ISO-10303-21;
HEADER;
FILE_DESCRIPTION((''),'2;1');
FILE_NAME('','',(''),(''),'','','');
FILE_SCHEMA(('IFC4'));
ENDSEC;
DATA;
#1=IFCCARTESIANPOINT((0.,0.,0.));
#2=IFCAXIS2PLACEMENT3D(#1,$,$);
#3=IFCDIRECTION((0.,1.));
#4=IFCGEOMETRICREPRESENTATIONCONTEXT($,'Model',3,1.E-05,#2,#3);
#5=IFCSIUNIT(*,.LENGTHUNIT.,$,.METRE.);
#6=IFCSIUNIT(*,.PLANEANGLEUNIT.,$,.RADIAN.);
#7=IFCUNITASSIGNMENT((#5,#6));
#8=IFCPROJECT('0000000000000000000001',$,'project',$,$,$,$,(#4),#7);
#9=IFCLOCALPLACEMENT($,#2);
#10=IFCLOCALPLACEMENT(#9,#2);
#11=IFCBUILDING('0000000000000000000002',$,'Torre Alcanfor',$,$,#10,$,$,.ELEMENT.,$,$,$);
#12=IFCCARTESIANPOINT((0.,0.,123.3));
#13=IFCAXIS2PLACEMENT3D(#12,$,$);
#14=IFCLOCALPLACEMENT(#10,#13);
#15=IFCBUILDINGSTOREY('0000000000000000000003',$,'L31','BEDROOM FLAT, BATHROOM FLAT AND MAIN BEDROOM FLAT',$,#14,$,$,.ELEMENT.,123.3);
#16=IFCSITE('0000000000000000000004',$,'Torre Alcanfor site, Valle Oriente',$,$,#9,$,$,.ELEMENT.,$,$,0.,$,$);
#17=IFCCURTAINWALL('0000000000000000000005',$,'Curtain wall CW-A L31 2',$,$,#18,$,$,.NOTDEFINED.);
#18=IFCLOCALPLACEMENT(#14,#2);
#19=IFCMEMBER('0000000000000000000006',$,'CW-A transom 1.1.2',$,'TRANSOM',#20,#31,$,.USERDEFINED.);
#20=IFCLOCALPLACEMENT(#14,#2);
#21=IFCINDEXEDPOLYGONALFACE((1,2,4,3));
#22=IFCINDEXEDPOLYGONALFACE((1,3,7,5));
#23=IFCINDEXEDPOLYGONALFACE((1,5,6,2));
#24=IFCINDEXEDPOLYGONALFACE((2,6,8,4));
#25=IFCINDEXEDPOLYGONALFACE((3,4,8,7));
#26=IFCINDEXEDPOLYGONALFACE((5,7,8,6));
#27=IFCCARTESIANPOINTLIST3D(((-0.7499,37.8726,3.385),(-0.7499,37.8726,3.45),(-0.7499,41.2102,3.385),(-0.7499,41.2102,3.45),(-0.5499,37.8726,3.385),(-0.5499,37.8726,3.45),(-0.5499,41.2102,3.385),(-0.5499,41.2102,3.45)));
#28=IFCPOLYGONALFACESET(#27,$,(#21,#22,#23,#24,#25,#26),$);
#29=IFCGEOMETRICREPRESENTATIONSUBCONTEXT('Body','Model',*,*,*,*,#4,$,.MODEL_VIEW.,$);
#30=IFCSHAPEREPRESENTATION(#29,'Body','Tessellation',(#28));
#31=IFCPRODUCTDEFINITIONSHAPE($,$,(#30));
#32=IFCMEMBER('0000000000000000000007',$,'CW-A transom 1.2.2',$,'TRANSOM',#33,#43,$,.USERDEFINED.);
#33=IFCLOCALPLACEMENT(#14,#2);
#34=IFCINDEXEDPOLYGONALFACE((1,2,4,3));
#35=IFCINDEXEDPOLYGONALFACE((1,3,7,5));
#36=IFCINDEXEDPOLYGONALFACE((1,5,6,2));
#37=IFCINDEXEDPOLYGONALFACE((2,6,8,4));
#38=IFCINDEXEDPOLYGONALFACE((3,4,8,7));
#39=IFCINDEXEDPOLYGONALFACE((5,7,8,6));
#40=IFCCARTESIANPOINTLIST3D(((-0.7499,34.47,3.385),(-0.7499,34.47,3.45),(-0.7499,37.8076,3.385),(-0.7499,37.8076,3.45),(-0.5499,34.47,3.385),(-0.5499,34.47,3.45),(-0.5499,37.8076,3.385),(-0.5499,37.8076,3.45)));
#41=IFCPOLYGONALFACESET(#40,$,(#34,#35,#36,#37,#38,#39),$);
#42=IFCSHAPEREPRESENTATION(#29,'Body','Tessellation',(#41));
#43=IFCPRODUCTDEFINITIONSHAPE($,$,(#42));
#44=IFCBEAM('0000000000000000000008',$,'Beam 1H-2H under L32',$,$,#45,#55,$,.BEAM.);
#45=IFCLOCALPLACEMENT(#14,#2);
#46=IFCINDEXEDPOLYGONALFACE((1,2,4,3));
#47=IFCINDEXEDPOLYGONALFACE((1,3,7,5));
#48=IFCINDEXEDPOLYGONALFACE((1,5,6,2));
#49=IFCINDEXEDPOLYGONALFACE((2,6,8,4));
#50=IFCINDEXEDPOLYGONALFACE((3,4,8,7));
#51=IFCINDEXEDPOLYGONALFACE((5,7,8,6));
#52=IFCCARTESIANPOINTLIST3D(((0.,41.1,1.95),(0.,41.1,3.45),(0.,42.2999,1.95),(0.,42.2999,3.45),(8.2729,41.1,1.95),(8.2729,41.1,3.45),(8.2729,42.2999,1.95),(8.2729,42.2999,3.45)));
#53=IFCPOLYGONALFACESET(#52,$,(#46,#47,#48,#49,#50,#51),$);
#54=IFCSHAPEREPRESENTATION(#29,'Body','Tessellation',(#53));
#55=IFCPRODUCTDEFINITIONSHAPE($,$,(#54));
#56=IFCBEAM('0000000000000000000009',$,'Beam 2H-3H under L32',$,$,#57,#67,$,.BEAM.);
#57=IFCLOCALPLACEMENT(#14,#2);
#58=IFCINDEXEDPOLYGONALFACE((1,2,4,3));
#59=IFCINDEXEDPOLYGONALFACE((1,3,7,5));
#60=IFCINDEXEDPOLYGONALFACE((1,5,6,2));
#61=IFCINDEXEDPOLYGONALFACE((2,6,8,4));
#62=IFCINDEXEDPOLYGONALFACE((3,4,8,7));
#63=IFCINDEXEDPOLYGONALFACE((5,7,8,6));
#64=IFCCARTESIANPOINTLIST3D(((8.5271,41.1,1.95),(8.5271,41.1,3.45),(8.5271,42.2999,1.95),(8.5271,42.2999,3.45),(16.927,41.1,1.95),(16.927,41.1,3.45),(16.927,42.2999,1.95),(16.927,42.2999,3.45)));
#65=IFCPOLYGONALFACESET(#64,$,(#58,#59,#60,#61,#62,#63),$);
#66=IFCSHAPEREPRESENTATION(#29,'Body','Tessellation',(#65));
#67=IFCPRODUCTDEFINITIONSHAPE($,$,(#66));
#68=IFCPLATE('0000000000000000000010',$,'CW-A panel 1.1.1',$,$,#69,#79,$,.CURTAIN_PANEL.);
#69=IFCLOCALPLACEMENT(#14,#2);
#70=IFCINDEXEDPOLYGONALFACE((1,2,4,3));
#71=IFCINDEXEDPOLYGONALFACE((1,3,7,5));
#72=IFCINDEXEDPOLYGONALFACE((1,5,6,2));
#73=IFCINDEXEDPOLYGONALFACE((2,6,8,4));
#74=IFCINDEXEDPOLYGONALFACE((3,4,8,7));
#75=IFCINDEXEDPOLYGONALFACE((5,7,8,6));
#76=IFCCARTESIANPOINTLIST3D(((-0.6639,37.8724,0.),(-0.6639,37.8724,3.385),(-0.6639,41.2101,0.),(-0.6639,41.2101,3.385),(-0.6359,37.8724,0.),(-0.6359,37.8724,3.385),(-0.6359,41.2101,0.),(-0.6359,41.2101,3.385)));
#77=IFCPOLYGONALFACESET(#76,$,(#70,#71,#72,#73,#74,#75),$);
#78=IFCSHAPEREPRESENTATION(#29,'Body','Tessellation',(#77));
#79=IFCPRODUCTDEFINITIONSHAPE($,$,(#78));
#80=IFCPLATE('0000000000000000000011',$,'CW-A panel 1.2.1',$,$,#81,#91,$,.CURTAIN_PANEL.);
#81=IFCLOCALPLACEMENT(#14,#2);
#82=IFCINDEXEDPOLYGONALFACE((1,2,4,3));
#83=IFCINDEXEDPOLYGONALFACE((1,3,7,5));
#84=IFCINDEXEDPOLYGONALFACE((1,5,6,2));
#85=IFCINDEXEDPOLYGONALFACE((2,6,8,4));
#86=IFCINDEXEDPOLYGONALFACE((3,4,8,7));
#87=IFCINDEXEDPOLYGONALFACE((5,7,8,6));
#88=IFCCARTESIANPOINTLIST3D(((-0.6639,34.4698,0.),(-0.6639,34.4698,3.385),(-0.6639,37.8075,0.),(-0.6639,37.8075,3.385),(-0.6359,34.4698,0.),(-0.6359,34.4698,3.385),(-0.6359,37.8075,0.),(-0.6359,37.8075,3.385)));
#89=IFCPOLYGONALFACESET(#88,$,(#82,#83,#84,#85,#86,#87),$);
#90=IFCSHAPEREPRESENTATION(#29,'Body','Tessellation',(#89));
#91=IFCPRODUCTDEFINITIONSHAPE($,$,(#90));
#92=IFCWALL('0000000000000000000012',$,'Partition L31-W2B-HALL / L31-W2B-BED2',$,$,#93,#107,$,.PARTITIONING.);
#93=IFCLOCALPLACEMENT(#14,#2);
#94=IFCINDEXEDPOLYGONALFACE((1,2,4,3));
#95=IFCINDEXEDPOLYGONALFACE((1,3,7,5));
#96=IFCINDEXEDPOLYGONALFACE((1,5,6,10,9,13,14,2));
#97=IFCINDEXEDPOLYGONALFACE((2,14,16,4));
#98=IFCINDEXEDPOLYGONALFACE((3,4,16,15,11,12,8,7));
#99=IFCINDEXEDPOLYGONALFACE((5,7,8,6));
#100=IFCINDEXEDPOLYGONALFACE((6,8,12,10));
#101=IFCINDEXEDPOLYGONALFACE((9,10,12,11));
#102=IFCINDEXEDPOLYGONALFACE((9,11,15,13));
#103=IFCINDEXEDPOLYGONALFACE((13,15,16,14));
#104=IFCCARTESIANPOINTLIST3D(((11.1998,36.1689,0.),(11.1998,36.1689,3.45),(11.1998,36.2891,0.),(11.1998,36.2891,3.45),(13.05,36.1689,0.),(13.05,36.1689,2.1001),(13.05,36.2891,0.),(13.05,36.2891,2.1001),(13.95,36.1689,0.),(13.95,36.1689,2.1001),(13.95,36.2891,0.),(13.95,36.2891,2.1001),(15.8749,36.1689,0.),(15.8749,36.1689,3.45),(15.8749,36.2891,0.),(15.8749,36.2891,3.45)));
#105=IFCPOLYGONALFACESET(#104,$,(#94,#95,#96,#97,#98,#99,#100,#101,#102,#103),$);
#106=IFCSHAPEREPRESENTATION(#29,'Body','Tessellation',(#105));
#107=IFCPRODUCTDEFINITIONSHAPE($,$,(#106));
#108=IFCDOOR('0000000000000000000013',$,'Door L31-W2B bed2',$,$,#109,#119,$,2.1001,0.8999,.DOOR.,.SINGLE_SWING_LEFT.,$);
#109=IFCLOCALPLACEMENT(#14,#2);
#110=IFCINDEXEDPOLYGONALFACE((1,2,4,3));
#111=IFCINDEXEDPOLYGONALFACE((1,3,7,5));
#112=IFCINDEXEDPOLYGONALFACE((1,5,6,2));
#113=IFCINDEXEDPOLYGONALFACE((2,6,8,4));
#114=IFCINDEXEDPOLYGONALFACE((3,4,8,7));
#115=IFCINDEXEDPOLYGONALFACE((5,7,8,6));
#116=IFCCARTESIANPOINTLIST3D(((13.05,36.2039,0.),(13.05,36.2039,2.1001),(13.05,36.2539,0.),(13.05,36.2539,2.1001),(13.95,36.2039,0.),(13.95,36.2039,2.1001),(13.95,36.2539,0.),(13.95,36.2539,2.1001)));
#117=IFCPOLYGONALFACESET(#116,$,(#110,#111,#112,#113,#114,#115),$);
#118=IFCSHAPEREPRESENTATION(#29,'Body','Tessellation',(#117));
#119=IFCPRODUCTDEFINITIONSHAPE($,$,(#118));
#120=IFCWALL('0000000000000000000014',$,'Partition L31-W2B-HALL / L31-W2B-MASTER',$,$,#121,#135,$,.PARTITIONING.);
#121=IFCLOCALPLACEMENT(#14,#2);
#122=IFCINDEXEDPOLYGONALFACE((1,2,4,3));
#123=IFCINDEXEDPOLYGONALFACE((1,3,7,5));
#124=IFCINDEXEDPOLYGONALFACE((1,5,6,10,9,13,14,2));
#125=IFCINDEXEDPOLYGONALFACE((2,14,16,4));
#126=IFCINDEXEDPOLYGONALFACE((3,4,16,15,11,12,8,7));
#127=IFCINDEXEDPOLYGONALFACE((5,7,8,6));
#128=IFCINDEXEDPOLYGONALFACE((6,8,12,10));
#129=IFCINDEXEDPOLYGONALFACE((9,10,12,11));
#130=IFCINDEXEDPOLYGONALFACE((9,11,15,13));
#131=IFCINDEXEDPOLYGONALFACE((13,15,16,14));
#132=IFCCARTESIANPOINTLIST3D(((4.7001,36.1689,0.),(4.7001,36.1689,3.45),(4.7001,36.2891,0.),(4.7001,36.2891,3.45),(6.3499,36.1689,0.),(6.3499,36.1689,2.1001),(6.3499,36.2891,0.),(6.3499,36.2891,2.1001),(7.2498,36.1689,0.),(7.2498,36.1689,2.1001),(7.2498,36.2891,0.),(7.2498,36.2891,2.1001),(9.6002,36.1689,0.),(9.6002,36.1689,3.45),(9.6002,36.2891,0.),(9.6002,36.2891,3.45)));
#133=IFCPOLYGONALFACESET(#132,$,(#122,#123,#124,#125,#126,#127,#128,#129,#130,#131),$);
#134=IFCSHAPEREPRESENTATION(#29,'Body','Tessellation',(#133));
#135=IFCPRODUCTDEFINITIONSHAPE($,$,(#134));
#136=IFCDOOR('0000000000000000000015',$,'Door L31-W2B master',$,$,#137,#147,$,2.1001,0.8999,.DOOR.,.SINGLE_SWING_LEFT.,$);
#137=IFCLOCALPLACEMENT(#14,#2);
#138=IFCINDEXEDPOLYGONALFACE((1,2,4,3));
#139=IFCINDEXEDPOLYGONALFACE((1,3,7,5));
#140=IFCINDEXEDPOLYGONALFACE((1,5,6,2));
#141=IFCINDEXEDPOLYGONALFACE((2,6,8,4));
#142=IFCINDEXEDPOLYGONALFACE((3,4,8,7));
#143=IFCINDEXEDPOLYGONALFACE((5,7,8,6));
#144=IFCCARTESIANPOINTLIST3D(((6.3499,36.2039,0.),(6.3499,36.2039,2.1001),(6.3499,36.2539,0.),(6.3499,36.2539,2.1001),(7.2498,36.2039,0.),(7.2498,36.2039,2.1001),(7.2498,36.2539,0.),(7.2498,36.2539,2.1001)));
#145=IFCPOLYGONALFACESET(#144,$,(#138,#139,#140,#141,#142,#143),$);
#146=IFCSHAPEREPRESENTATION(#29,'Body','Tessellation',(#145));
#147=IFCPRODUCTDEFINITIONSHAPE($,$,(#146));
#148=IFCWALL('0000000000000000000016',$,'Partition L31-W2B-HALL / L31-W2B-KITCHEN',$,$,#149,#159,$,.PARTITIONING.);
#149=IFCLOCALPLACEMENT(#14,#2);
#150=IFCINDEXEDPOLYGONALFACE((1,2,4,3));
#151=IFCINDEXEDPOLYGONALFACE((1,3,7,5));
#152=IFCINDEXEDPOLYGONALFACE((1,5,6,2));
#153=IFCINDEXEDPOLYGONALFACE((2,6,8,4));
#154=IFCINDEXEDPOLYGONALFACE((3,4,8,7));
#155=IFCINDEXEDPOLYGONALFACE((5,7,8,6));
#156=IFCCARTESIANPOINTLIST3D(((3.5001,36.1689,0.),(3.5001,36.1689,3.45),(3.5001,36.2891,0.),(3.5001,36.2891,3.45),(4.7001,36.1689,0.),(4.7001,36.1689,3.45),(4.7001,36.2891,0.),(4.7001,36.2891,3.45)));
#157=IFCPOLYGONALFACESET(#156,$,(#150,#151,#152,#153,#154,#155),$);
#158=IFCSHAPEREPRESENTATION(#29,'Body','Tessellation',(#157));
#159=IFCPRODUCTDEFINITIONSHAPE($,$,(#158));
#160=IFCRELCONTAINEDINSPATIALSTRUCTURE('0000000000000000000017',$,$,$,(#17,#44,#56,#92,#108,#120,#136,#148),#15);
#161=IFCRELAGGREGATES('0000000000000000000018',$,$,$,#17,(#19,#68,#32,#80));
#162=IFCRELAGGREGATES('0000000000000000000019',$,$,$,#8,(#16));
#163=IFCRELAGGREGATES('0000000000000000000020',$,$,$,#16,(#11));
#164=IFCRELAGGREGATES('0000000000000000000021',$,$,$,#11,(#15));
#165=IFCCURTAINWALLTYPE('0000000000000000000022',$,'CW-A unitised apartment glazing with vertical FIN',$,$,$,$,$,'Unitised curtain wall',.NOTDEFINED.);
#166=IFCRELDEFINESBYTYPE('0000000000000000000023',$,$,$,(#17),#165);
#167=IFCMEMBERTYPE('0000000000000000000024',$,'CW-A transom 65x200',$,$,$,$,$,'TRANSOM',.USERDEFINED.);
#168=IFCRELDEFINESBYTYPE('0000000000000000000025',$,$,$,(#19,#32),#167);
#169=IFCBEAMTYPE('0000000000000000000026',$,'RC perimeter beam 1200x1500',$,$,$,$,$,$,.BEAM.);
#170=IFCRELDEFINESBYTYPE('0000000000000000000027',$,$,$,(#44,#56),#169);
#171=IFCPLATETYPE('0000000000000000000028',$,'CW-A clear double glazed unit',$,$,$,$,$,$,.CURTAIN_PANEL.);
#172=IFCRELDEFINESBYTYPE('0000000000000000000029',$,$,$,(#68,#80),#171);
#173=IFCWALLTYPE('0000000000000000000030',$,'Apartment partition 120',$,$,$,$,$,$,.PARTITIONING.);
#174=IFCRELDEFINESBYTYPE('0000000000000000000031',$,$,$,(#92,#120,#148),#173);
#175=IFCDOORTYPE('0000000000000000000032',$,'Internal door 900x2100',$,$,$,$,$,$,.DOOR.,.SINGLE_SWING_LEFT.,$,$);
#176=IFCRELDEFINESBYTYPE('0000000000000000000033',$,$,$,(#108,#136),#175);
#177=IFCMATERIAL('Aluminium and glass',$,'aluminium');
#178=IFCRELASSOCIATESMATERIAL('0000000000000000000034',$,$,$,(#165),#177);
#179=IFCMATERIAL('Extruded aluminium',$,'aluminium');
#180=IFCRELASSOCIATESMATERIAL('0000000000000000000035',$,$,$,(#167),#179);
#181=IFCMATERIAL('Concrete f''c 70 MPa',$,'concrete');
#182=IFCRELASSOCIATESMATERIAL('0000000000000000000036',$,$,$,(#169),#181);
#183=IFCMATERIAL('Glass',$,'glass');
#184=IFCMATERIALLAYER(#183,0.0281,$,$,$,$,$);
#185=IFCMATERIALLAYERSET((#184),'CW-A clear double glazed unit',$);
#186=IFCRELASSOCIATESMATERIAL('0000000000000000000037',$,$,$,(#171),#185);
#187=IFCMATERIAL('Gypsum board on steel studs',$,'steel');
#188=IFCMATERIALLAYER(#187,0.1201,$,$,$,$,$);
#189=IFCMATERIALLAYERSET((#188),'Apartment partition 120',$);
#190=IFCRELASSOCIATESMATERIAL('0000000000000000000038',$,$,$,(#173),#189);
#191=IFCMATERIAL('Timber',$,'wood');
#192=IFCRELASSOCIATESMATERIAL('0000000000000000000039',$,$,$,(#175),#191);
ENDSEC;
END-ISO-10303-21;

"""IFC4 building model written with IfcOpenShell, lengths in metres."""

from ifc_helpers import new_model, si_unit, direction, frame, frame_2d, origin, origin_2d, place, context, subcontext, project, spatial, rectangle, extrude, material, layer, layer_set, material_profile, profile_set, type_object, element, fill, aggregate, save


model = new_model("IFC4")

# Units and contexts
model_context = context("Model", 3, precision=1e-05, world=origin(), true_north=direction((0.0, 1.0)))
body_context = subcontext(model_context, "Body", "Model", "MODEL_VIEW")
ifc_project = project(units=[si_unit("LENGTHUNIT", "METRE"), si_unit("PLANEANGLEUNIT", "RADIAN")], contexts=[model_context])

# Site, building, storey
site_placement = place(None, origin())
site = spatial("IfcSite", under=ifc_project, at=site_placement, Name="Torre Alcanfor site, Valle Oriente", CompositionType="ELEMENT", RefElevation=0.0)
building_placement = place(site_placement, origin())
building = spatial("IfcBuilding", under=site, at=building_placement, Name="Torre Alcanfor", CompositionType="ELEMENT")
storey_placement = place(building_placement, frame((0.0, 0.0, 123.3)))
storey = spatial("IfcBuildingStorey", under=building, at=storey_placement, Name="L31", Description="BEDROOM FLAT, BATHROOM FLAT AND MAIN BEDROOM FLAT", CompositionType="ELEMENT", Elevation=123.3)

# Curtain wall, members
ifc_material_1 = material(Name="Aluminium and glass", Category="aluminium")
curtain_wall_type = type_object("IfcCurtainWallType", Name="CW-A unitised apartment glazing with vertical FIN", ElementType="Unitised curtain wall", PredefinedType="NOTDEFINED", material=ifc_material_1)
curtain_wall_placement = place(storey_placement, origin())
curtain_wall = element("IfcCurtainWall", 1, at=curtain_wall_placement, inside=storey, type_object=curtain_wall_type, Name="Curtain wall CW-A L31 2", PredefinedType="NOTDEFINED")
ifc_material_2 = material(Name="Extruded aluminium", Category="aluminium")
ifc_material_profile_1 = material_profile(ifc_material_2, rectangle(XDim=0.2, YDim=0.0649, at=origin_2d()), Name="CW-A transom 200x65")
ifc_profile_set_1 = profile_set([ifc_material_profile_1], Name="Extruded aluminium")
member_type_1 = type_object("IfcMemberType", Name="CW-A transom 65x200", ElementType="TRANSOM", PredefinedType="USERDEFINED", material=ifc_profile_set_1)
member_1_placement = place(storey_placement, frame((-0.6499, 41.2102, 3.4175), z_axis=(0.0, -1.0, 0.0), x_axis=(1.0, 0.0, 0.0)))
member_1 = element("IfcMember", 2, at=member_1_placement, type_object=member_type_1, Name="CW-A transom 1.1.2", ObjectType="TRANSOM", PredefinedType="USERDEFINED", context=body_context, shape_type="SweptSolid", body=[
    extrude(rectangle(XDim=0.2, YDim=0.0649, at=origin_2d()), origin(), (0.0, 0.0, 1.0), 3.3376),
])
member_2_placement = place(storey_placement, frame((-0.6499, 37.8076, 3.4175), z_axis=(0.0, -1.0, 0.0), x_axis=(1.0, 0.0, 0.0)))
member_2 = element("IfcMember", 3, at=member_2_placement, type_object=member_type_1, Name="CW-A transom 1.2.2", ObjectType="TRANSOM", PredefinedType="USERDEFINED", context=body_context, shape_type="SweptSolid", body=[
    extrude(rectangle(XDim=0.2, YDim=0.0649, at=origin_2d()), origin(), (0.0, 0.0, 1.0), 3.3376),
])

# Beams
ifc_material_3 = material(Name="Concrete f'c 70 MPa", Category="concrete")
ifc_material_profile_2 = material_profile(ifc_material_3, rectangle(XDim=1.2, YDim=1.5, at=origin_2d()), Name="1200x1500")
ifc_profile_set_2 = profile_set([ifc_material_profile_2], Name="Concrete f'c 70 MPa")
beam_type_1 = type_object("IfcBeamType", Name="RC perimeter beam 1200x1500", PredefinedType="BEAM", material=ifc_profile_set_2)
beam_1_placement = place(storey_placement, frame((0.0, 41.7, 2.7), z_axis=(1.0, 0.0, 0.0), x_axis=(0.0, 1.0, 0.0)))
element("IfcBeam", 4, at=beam_1_placement, inside=storey, type_object=beam_type_1, Name="Beam 1H-2H under L32", PredefinedType="BEAM", context=body_context, shape_type="SweptSolid", body=[
    extrude(rectangle(XDim=1.2, YDim=1.5, at=origin_2d()), origin(), (0.0, 0.0, 1.0), 8.2729),
])
beam_2_placement = place(storey_placement, frame((8.5271, 41.7, 2.7), z_axis=(1.0, 0.0, 0.0), x_axis=(0.0, 1.0, 0.0)))
element("IfcBeam", 5, at=beam_2_placement, inside=storey, type_object=beam_type_1, Name="Beam 2H-3H under L32", PredefinedType="BEAM", context=body_context, shape_type="SweptSolid", body=[
    extrude(rectangle(XDim=1.2, YDim=1.5, at=origin_2d()), origin(), (0.0, 0.0, 1.0), 8.3999),
])

# Plates
ifc_material_4 = material(Name="Glass", Category="glass")
ifc_layer_1 = layer(ifc_material_4, 0.0281)
ifc_layer_set_1 = layer_set([ifc_layer_1], Name="CW-A clear double glazed unit")
plate_type = type_object("IfcPlateType", Name="CW-A clear double glazed unit", PredefinedType="CURTAIN_PANEL", material=ifc_layer_set_1)
plate_1_placement = place(storey_placement, frame((-0.6499, 39.5413, 0.0), z_axis=(0.0, 0.0, 1.0), x_axis=(0.0, -1.0, 0.0)))
plate_1 = element("IfcPlate", 6, at=plate_1_placement, type_object=plate_type, Name="CW-A panel 1.1.1", PredefinedType="CURTAIN_PANEL", context=body_context, shape_type="SweptSolid", body=[
    extrude(rectangle(XDim=3.3376, YDim=0.0281, at=origin_2d()), origin(), (0.0, 0.0, 1.0), 3.385),
])
plate_2_placement = place(storey_placement, frame((-0.6499, 36.1387, 0.0), z_axis=(0.0, 0.0, 1.0), x_axis=(0.0, -1.0, 0.0)))
plate_2 = element("IfcPlate", 7, at=plate_2_placement, type_object=plate_type, Name="CW-A panel 1.2.1", PredefinedType="CURTAIN_PANEL", context=body_context, shape_type="SweptSolid", body=[
    extrude(rectangle(XDim=3.3376, YDim=0.0281, at=origin_2d()), origin(), (0.0, 0.0, 1.0), 3.385),
])
aggregate(curtain_wall, [member_1, plate_1, member_2, plate_2])

# Walls, openings, doors
ifc_material_5 = material(Name="Gypsum board on steel studs", Category="steel")
ifc_layer_2 = layer(ifc_material_5, 0.1201)
ifc_layer_set_2 = layer_set([ifc_layer_2], Name="Apartment partition 120")
wall_type_1 = type_object("IfcWallType", Name="Apartment partition 120", PredefinedType="PARTITIONING", material=ifc_layer_set_2)
wall_1_placement = place(storey_placement, frame((11.2, 36.229, 0.0), z_axis=(0.0, 0.0, 1.0), x_axis=(1.0, 0.0, 0.0)))
wall_1 = element("IfcWall", 8, at=wall_1_placement, inside=storey, type_object=wall_type_1, Name="Partition L31-W2B-HALL / L31-W2B-BED2", PredefinedType="PARTITIONING", context=body_context, shape_type="SweptSolid", body=[
    extrude(rectangle(XDim=4.675, YDim=0.1201, at=frame_2d((2.3374, 0.0))), origin(), (0.0, 0.0, 1.0), 3.45),
])
opening_1_placement = place(wall_1_placement, frame((1.8501, 0.0, 0.0)))
opening_1 = element("IfcOpeningElement", 9, at=opening_1_placement, cuts=wall_1, PredefinedType="OPENING", context=body_context, shape_type="SweptSolid", body=[
    extrude(rectangle(XDim=0.8999, YDim=2.1001, at=frame_2d((0.45, 1.05))), frame((0.0, 0.0701, 0.0), z_axis=(0.0, -1.0, 0.0), x_axis=(1.0, 0.0, 0.0)), (0.0, 0.0, 1.0), 0.1401),
])
ifc_material_6 = material(Name="Timber", Category="wood")
door_type_1 = type_object("IfcDoorType", Name="Internal door 900x2100", OperationType="SINGLE_SWING_LEFT", PredefinedType="DOOR", material=ifc_material_6)
door_1_placement = place(opening_1_placement, origin())
door_1 = element("IfcDoor", 10, at=door_1_placement, inside=storey, type_object=door_type_1, Name="Door L31-W2B bed2", OperationType="SINGLE_SWING_LEFT", OverallHeight=2.1001, OverallWidth=0.8999, PredefinedType="DOOR", context=body_context, shape_type="SweptSolid", body=[
    extrude(rectangle(XDim=0.8999, YDim=2.1001, at=frame_2d((0.45, 1.05))), frame((0.0, 0.0249, 0.0), z_axis=(0.0, -1.0, 0.0), x_axis=(1.0, 0.0, 0.0)), (0.0, 0.0, 1.0), 0.05),
])
fill(opening_1, door_1)
wall_2_placement = place(storey_placement, frame((4.7, 36.229, 0.0), z_axis=(0.0, 0.0, 1.0), x_axis=(1.0, 0.0, 0.0)))
wall_2 = element("IfcWall", 11, at=wall_2_placement, inside=storey, type_object=wall_type_1, Name="Partition L31-W2B-HALL / L31-W2B-MASTER", PredefinedType="PARTITIONING", context=body_context, shape_type="SweptSolid", body=[
    extrude(rectangle(XDim=4.9001, YDim=0.1201, at=frame_2d((2.4502, 0.0))), origin(), (0.0, 0.0, 1.0), 3.45),
])
opening_2_placement = place(wall_2_placement, frame((1.6499, 0.0, 0.0)))
opening_2 = element("IfcOpeningElement", 12, at=opening_2_placement, cuts=wall_2, PredefinedType="OPENING", context=body_context, shape_type="SweptSolid", body=[
    extrude(rectangle(XDim=0.8999, YDim=2.1001, at=frame_2d((0.45, 1.05))), frame((0.0, 0.0701, 0.0), z_axis=(0.0, -1.0, 0.0), x_axis=(1.0, 0.0, 0.0)), (0.0, 0.0, 1.0), 0.1401),
])
door_2_placement = place(opening_2_placement, origin())
door_2 = element("IfcDoor", 13, at=door_2_placement, inside=storey, type_object=door_type_1, Name="Door L31-W2B master", OperationType="SINGLE_SWING_LEFT", OverallHeight=2.1001, OverallWidth=0.8999, PredefinedType="DOOR", context=body_context, shape_type="SweptSolid", body=[
    extrude(rectangle(XDim=0.8999, YDim=2.1001, at=frame_2d((0.45, 1.05))), frame((0.0, 0.0249, 0.0), z_axis=(0.0, -1.0, 0.0), x_axis=(1.0, 0.0, 0.0)), (0.0, 0.0, 1.0), 0.05),
])
fill(opening_2, door_2)

# Wall
wall_3_placement = place(storey_placement, frame((3.5, 36.229, 0.0), z_axis=(0.0, 0.0, 1.0), x_axis=(1.0, 0.0, 0.0)))
element("IfcWall", 14, at=wall_3_placement, inside=storey, type_object=wall_type_1, Name="Partition L31-W2B-HALL / L31-W2B-KITCHEN", PredefinedType="PARTITIONING", context=body_context, shape_type="SweptSolid", body=[
    extrude(rectangle(XDim=1.2, YDim=0.1201, at=frame_2d((0.6001, 0.0))), origin(), (0.0, 0.0, 1.0), 3.45),
])

save(model, "model.ifc")
